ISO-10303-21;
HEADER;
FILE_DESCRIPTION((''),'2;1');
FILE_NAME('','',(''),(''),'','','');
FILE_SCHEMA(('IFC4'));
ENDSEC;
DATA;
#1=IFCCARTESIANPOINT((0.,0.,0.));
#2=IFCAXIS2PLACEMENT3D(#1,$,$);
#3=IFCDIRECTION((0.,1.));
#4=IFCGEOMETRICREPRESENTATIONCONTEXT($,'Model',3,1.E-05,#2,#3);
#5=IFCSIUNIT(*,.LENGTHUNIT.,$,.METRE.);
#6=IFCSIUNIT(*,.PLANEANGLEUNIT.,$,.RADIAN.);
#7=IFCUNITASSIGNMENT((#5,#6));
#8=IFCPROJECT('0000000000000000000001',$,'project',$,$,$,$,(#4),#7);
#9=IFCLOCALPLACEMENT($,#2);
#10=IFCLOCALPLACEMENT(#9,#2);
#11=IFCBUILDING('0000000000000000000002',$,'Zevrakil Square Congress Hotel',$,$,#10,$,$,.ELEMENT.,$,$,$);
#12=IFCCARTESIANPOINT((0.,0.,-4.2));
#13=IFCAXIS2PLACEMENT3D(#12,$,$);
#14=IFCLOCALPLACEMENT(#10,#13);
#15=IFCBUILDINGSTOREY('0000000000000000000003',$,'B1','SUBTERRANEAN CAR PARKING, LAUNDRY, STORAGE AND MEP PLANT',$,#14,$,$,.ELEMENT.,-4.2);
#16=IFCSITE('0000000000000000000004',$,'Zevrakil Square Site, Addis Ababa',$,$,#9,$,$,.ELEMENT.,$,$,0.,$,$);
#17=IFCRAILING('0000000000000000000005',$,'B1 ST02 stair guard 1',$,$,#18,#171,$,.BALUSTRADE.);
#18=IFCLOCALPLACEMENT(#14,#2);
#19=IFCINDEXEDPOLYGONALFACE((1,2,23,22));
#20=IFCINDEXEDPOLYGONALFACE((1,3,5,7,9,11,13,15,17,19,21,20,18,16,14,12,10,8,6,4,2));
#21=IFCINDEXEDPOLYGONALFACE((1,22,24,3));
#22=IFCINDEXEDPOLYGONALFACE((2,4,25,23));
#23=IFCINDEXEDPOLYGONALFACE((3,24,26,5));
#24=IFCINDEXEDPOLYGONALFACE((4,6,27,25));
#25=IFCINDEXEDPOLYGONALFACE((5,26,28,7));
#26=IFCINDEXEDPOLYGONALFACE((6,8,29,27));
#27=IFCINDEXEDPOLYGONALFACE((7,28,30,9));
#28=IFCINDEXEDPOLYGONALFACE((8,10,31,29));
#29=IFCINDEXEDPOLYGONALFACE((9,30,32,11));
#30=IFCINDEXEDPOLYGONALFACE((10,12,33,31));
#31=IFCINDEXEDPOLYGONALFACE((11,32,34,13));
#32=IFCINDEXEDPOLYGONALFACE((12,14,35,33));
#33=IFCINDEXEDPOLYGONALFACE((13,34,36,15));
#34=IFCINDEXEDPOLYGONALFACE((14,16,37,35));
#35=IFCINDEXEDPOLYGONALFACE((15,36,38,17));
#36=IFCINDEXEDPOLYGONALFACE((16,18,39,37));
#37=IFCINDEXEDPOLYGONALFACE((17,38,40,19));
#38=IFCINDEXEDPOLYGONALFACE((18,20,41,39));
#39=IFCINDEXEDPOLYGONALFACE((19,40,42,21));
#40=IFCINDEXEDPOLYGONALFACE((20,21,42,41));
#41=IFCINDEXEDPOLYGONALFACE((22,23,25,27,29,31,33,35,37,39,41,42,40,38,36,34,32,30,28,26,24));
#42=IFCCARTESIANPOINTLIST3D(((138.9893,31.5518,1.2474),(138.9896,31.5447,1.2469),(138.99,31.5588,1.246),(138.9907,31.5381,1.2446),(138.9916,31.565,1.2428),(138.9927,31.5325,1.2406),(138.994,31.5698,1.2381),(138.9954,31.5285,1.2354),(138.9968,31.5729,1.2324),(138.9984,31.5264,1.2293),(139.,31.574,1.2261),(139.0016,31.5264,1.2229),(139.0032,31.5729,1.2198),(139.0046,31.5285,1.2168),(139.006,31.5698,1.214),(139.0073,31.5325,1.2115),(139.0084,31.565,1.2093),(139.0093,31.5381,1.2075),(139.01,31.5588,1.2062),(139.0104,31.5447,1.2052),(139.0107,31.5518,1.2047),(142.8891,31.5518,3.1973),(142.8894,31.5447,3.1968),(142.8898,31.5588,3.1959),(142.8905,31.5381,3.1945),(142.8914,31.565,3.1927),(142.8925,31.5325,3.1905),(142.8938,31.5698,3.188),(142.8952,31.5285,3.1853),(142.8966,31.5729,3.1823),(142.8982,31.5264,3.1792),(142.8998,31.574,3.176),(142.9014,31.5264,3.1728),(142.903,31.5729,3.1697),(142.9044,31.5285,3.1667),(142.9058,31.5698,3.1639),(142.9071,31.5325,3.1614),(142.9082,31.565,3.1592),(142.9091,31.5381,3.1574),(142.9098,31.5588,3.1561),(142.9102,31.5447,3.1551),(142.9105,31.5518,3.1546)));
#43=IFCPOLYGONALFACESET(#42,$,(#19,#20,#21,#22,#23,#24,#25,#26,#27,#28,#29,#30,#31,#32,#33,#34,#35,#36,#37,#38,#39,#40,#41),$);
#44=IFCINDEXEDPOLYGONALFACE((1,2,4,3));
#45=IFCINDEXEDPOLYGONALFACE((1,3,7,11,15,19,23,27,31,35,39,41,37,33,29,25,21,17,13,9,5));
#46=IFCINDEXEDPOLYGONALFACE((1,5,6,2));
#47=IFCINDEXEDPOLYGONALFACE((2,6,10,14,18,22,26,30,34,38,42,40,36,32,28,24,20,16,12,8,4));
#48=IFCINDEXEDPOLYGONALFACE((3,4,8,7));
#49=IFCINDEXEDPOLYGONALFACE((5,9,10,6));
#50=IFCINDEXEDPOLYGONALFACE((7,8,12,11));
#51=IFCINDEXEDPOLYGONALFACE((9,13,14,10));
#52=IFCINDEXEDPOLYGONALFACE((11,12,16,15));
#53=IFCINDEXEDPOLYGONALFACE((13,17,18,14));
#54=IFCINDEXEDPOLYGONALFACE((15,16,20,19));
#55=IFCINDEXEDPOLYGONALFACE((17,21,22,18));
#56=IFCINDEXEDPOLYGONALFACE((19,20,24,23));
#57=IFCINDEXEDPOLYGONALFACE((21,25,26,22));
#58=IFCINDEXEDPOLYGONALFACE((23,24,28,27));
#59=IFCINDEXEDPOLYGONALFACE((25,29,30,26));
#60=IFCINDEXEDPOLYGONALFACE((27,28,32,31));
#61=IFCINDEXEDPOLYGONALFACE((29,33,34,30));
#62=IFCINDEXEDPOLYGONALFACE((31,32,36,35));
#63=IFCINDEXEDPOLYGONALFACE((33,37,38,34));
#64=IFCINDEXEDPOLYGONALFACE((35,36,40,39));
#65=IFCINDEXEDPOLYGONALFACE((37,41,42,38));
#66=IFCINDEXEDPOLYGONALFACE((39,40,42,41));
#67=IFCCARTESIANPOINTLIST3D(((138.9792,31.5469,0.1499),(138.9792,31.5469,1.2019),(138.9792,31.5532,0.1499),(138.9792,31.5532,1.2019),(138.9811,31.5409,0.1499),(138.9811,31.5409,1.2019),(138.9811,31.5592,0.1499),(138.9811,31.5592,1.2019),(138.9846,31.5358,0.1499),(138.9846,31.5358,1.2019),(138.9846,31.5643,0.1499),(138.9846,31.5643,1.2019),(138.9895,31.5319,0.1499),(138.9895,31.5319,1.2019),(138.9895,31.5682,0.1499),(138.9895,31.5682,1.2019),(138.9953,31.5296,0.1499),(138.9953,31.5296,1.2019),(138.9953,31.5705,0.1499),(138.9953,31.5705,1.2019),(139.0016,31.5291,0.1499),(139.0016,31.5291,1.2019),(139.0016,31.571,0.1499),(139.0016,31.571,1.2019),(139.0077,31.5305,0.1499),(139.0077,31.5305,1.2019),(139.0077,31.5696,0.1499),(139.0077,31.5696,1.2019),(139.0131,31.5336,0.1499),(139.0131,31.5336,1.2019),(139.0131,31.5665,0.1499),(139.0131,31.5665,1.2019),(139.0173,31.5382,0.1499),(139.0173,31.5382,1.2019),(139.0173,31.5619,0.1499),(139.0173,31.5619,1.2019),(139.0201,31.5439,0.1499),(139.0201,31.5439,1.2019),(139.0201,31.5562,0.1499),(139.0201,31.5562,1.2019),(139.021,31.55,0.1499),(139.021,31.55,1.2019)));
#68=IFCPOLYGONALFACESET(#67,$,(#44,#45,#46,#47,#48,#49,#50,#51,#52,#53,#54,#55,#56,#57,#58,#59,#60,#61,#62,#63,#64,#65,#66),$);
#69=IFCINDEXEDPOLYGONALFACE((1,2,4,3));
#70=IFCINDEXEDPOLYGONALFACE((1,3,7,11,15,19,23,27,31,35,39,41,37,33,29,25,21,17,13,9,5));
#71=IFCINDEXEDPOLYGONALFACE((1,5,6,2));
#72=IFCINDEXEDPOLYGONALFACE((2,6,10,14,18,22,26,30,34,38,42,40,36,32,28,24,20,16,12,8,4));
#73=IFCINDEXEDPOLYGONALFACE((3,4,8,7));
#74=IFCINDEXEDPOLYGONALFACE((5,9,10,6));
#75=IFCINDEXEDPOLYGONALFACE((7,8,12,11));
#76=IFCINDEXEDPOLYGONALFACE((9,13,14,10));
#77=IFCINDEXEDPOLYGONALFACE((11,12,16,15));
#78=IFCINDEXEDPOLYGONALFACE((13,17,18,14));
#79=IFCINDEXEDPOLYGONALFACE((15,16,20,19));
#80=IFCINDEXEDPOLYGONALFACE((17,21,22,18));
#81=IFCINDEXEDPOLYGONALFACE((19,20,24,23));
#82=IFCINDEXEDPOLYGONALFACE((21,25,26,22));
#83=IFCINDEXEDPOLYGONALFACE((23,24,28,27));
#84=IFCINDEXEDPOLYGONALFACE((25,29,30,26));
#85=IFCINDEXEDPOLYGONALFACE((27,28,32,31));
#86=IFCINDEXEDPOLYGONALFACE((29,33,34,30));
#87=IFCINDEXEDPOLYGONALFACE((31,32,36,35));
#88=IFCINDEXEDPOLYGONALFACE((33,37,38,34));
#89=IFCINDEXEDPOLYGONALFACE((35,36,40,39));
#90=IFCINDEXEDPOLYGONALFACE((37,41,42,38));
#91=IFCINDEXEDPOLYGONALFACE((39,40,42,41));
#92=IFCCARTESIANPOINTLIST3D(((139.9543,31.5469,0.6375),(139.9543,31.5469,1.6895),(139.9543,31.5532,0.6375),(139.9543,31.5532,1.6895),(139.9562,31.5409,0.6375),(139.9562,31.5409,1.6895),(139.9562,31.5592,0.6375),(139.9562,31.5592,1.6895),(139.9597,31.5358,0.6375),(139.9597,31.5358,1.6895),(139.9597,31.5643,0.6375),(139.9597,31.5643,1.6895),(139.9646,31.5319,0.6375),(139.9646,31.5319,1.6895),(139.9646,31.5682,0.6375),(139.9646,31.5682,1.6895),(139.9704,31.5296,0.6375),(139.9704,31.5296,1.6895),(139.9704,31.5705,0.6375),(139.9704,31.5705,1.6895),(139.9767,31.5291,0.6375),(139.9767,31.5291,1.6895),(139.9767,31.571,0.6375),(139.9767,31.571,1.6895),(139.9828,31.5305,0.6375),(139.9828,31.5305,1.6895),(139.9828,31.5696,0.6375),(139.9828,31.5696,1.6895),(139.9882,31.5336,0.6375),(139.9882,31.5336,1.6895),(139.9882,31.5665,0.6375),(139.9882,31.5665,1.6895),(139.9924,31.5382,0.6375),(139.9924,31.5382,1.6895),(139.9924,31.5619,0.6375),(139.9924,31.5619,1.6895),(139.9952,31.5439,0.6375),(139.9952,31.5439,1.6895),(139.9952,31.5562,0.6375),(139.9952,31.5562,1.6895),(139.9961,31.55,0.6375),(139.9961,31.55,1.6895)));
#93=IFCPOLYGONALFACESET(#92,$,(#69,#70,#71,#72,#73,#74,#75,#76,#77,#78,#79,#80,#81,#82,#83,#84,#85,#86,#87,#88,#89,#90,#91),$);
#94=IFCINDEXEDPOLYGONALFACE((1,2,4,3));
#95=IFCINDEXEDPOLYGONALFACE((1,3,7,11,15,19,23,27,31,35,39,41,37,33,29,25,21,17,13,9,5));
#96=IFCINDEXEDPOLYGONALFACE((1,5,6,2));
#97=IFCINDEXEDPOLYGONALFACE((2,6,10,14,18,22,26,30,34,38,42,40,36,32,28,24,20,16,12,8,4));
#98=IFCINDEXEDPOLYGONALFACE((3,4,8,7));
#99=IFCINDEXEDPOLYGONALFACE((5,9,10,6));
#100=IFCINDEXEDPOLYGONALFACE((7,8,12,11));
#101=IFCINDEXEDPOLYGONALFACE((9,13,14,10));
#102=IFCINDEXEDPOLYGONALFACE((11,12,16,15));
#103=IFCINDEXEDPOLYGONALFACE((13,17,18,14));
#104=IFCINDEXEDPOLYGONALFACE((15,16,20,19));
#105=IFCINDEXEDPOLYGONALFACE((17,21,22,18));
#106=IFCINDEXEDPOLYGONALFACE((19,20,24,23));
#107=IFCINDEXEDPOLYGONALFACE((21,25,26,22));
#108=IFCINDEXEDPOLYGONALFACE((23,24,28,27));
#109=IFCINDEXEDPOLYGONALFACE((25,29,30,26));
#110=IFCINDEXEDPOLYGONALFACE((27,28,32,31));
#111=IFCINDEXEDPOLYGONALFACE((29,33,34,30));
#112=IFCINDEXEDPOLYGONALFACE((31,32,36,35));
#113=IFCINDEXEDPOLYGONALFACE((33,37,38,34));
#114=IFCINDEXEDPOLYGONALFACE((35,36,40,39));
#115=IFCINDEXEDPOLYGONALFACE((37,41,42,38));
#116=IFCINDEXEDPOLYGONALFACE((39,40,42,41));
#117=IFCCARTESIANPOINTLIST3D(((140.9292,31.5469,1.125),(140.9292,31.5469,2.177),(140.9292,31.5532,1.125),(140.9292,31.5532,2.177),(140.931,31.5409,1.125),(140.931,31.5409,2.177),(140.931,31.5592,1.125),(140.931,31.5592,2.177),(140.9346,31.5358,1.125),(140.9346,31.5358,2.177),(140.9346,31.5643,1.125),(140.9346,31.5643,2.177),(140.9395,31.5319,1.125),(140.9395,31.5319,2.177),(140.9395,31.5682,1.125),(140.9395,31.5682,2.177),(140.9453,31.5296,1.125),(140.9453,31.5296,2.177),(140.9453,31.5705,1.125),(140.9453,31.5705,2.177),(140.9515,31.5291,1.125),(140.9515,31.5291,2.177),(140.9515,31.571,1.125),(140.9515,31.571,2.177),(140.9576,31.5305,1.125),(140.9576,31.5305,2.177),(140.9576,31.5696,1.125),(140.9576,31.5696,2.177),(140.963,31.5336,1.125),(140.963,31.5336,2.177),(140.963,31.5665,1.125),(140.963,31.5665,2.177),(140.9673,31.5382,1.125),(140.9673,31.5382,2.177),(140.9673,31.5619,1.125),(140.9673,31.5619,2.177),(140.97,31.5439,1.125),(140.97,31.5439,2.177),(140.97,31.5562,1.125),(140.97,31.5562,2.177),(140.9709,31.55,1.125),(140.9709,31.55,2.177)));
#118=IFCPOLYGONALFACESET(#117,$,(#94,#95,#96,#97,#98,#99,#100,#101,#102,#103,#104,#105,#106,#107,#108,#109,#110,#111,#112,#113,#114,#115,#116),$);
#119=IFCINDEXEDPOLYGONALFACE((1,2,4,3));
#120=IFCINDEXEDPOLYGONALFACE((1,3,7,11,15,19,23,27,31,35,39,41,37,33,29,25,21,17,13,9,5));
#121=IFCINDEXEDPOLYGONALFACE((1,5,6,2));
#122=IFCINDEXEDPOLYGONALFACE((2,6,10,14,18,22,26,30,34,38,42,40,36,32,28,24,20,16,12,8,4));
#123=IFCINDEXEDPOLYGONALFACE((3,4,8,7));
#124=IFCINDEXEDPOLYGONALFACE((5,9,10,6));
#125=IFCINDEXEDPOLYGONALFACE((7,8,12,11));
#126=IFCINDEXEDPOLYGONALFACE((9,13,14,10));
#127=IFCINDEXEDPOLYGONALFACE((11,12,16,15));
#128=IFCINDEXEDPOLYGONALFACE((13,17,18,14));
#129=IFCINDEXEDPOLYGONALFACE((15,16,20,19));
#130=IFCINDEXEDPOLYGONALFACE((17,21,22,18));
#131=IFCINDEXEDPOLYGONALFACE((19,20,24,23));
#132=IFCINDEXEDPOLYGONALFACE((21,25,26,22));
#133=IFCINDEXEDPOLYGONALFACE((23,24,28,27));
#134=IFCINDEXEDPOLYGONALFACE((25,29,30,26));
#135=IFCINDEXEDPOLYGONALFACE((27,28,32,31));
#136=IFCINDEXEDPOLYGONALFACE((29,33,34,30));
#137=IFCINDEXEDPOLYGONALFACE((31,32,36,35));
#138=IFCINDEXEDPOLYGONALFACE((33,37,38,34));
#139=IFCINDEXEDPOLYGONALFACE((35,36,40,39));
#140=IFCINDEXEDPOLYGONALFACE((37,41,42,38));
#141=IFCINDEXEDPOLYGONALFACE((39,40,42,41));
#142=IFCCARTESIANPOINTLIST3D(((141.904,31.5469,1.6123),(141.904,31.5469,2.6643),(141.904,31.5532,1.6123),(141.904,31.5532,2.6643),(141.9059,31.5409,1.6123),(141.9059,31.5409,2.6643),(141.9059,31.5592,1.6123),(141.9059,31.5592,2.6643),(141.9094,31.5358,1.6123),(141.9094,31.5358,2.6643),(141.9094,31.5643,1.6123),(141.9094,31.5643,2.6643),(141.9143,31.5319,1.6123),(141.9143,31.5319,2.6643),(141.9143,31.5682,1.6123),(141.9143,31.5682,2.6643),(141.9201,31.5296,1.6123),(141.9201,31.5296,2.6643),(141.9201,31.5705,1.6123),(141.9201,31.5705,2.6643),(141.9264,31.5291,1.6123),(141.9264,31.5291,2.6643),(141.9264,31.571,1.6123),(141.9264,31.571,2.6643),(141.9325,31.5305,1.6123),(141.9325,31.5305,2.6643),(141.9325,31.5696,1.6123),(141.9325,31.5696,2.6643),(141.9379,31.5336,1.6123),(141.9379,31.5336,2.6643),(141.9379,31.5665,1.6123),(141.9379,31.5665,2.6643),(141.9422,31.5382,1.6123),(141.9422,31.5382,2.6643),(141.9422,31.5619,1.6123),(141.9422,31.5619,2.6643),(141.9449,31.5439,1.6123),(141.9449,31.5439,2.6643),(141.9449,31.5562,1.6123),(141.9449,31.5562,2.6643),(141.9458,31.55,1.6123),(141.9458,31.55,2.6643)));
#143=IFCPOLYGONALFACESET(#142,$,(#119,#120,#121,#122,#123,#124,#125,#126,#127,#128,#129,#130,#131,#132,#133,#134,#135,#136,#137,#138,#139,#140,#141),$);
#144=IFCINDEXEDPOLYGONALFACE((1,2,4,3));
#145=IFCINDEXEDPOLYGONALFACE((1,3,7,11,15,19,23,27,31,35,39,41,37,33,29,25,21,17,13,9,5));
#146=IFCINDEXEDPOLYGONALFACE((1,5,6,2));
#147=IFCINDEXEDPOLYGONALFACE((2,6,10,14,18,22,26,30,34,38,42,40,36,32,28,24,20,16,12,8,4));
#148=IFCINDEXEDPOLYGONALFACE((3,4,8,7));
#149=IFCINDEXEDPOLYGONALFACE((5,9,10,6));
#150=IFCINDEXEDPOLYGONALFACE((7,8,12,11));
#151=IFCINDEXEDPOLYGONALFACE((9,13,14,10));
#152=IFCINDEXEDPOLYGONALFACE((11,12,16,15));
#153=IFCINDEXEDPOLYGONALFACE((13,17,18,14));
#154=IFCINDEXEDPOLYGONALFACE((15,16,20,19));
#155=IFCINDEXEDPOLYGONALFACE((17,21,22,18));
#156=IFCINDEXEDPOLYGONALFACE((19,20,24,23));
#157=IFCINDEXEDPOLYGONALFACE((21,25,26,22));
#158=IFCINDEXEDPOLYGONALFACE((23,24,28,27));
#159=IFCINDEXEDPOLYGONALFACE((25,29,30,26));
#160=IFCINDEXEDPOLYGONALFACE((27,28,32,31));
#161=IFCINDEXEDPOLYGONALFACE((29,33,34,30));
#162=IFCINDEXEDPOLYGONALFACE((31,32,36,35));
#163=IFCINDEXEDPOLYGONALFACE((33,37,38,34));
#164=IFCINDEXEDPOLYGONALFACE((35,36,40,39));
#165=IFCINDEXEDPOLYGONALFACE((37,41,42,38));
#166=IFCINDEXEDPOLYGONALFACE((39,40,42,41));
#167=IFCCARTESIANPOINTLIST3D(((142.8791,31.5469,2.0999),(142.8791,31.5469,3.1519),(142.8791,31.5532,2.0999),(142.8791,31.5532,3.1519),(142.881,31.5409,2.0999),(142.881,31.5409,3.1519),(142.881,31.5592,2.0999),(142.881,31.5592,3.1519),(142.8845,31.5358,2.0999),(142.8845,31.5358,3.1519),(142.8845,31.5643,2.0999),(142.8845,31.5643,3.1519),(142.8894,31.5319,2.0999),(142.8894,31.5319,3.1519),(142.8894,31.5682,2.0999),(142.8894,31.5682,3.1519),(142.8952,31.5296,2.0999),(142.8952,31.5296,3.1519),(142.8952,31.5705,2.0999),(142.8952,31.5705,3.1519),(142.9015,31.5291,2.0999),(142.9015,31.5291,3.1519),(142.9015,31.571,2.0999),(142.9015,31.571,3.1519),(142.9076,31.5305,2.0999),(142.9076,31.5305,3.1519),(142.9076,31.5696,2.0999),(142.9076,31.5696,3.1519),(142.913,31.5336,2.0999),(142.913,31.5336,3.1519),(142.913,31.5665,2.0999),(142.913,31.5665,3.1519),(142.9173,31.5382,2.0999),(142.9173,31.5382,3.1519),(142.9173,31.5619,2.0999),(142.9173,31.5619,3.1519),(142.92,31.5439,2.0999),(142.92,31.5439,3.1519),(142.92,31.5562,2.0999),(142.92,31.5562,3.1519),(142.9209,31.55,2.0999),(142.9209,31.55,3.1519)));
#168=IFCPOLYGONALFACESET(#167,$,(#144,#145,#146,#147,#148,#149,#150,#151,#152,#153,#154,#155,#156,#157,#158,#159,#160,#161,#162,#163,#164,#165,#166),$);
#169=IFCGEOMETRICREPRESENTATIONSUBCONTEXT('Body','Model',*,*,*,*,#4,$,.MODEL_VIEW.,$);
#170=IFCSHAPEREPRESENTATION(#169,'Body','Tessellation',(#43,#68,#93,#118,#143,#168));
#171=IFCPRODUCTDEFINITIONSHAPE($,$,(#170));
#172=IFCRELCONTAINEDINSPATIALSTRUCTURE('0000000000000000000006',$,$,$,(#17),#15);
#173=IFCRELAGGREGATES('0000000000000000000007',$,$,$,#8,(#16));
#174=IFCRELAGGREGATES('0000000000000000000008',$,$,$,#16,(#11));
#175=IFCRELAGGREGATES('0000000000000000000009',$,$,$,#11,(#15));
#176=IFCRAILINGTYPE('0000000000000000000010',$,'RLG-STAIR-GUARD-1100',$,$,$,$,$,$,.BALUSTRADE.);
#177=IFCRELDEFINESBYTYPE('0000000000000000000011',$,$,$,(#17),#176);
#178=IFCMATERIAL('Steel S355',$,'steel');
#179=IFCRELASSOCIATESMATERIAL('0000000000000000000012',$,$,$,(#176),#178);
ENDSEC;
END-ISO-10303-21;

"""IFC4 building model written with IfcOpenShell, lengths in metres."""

from ifc_helpers import new_model, si_unit, direction, frame, origin, origin_2d, place, context, subcontext, project, spatial, circle, extrude, material, type_object, element, save


model = new_model("IFC4")

# Units and contexts
model_context = context("Model", 3, precision=1e-05, world=origin(), true_north=direction((0.0, 1.0)))
body_context = subcontext(model_context, "Body", "Model", "MODEL_VIEW")
ifc_project = project(units=[si_unit("LENGTHUNIT", "METRE"), si_unit("PLANEANGLEUNIT", "RADIAN")], contexts=[model_context])

# Site, building, storey
site_placement = place(None, origin())
site = spatial("IfcSite", under=ifc_project, at=site_placement, Name="Zevrakil Square Site, Addis Ababa", CompositionType="ELEMENT", RefElevation=0.0)
building_placement = place(site_placement, origin())
building = spatial("IfcBuilding", under=site, at=building_placement, Name="Zevrakil Square Congress Hotel", CompositionType="ELEMENT")
storey_placement = place(building_placement, frame((0.0, 0.0, -4.2)))
storey = spatial("IfcBuildingStorey", under=building, at=storey_placement, Name="B1", Description="SUBTERRANEAN CAR PARKING, LAUNDRY, STORAGE AND MEP PLANT", CompositionType="ELEMENT", Elevation=-4.2)

# Railing
ifc_material_1 = material(Name="Steel S355", Category="steel")
railing_type_1 = type_object("IfcRailingType", Name="RLG-STAIR-GUARD-1100", PredefinedType="BALUSTRADE", material=ifc_material_1)
railing_1_placement = place(storey_placement, frame((139.0, 31.55, 0.1499)))
element("IfcRailing", 1, at=railing_1_placement, inside=storey, type_object=railing_type_1, Name="B1 ST02 stair guard 1", PredefinedType="BALUSTRADE", context=body_context, shape_type="SweptSolid", body=[
    extrude(circle(Radius=0.0239, at=origin_2d()), frame((0.0, 0.0, 1.0762), z_axis=(0.894427, 0.0, 0.447214), x_axis=(0.0, 1.0, 0.0)), (0.0, 0.0, 1.0), 4.3601),
    extrude(circle(Radius=0.021, at=origin_2d()), origin(), (0.0, 0.0, 1.0), 1.052),
    extrude(circle(Radius=0.021, at=origin_2d()), frame((0.9751, 0.0, 0.4875)), (0.0, 0.0, 1.0), 1.052),
    extrude(circle(Radius=0.021, at=origin_2d()), frame((1.95, 0.0, 0.9751)), (0.0, 0.0, 1.0), 1.052),
    extrude(circle(Radius=0.021, at=origin_2d()), frame((2.9248, 0.0, 1.4624)), (0.0, 0.0, 1.0), 1.052),
    extrude(circle(Radius=0.021, at=origin_2d()), frame((3.8999, 0.0, 1.95)), (0.0, 0.0, 1.0), 1.052),
])

save(model, "model.ifc")
